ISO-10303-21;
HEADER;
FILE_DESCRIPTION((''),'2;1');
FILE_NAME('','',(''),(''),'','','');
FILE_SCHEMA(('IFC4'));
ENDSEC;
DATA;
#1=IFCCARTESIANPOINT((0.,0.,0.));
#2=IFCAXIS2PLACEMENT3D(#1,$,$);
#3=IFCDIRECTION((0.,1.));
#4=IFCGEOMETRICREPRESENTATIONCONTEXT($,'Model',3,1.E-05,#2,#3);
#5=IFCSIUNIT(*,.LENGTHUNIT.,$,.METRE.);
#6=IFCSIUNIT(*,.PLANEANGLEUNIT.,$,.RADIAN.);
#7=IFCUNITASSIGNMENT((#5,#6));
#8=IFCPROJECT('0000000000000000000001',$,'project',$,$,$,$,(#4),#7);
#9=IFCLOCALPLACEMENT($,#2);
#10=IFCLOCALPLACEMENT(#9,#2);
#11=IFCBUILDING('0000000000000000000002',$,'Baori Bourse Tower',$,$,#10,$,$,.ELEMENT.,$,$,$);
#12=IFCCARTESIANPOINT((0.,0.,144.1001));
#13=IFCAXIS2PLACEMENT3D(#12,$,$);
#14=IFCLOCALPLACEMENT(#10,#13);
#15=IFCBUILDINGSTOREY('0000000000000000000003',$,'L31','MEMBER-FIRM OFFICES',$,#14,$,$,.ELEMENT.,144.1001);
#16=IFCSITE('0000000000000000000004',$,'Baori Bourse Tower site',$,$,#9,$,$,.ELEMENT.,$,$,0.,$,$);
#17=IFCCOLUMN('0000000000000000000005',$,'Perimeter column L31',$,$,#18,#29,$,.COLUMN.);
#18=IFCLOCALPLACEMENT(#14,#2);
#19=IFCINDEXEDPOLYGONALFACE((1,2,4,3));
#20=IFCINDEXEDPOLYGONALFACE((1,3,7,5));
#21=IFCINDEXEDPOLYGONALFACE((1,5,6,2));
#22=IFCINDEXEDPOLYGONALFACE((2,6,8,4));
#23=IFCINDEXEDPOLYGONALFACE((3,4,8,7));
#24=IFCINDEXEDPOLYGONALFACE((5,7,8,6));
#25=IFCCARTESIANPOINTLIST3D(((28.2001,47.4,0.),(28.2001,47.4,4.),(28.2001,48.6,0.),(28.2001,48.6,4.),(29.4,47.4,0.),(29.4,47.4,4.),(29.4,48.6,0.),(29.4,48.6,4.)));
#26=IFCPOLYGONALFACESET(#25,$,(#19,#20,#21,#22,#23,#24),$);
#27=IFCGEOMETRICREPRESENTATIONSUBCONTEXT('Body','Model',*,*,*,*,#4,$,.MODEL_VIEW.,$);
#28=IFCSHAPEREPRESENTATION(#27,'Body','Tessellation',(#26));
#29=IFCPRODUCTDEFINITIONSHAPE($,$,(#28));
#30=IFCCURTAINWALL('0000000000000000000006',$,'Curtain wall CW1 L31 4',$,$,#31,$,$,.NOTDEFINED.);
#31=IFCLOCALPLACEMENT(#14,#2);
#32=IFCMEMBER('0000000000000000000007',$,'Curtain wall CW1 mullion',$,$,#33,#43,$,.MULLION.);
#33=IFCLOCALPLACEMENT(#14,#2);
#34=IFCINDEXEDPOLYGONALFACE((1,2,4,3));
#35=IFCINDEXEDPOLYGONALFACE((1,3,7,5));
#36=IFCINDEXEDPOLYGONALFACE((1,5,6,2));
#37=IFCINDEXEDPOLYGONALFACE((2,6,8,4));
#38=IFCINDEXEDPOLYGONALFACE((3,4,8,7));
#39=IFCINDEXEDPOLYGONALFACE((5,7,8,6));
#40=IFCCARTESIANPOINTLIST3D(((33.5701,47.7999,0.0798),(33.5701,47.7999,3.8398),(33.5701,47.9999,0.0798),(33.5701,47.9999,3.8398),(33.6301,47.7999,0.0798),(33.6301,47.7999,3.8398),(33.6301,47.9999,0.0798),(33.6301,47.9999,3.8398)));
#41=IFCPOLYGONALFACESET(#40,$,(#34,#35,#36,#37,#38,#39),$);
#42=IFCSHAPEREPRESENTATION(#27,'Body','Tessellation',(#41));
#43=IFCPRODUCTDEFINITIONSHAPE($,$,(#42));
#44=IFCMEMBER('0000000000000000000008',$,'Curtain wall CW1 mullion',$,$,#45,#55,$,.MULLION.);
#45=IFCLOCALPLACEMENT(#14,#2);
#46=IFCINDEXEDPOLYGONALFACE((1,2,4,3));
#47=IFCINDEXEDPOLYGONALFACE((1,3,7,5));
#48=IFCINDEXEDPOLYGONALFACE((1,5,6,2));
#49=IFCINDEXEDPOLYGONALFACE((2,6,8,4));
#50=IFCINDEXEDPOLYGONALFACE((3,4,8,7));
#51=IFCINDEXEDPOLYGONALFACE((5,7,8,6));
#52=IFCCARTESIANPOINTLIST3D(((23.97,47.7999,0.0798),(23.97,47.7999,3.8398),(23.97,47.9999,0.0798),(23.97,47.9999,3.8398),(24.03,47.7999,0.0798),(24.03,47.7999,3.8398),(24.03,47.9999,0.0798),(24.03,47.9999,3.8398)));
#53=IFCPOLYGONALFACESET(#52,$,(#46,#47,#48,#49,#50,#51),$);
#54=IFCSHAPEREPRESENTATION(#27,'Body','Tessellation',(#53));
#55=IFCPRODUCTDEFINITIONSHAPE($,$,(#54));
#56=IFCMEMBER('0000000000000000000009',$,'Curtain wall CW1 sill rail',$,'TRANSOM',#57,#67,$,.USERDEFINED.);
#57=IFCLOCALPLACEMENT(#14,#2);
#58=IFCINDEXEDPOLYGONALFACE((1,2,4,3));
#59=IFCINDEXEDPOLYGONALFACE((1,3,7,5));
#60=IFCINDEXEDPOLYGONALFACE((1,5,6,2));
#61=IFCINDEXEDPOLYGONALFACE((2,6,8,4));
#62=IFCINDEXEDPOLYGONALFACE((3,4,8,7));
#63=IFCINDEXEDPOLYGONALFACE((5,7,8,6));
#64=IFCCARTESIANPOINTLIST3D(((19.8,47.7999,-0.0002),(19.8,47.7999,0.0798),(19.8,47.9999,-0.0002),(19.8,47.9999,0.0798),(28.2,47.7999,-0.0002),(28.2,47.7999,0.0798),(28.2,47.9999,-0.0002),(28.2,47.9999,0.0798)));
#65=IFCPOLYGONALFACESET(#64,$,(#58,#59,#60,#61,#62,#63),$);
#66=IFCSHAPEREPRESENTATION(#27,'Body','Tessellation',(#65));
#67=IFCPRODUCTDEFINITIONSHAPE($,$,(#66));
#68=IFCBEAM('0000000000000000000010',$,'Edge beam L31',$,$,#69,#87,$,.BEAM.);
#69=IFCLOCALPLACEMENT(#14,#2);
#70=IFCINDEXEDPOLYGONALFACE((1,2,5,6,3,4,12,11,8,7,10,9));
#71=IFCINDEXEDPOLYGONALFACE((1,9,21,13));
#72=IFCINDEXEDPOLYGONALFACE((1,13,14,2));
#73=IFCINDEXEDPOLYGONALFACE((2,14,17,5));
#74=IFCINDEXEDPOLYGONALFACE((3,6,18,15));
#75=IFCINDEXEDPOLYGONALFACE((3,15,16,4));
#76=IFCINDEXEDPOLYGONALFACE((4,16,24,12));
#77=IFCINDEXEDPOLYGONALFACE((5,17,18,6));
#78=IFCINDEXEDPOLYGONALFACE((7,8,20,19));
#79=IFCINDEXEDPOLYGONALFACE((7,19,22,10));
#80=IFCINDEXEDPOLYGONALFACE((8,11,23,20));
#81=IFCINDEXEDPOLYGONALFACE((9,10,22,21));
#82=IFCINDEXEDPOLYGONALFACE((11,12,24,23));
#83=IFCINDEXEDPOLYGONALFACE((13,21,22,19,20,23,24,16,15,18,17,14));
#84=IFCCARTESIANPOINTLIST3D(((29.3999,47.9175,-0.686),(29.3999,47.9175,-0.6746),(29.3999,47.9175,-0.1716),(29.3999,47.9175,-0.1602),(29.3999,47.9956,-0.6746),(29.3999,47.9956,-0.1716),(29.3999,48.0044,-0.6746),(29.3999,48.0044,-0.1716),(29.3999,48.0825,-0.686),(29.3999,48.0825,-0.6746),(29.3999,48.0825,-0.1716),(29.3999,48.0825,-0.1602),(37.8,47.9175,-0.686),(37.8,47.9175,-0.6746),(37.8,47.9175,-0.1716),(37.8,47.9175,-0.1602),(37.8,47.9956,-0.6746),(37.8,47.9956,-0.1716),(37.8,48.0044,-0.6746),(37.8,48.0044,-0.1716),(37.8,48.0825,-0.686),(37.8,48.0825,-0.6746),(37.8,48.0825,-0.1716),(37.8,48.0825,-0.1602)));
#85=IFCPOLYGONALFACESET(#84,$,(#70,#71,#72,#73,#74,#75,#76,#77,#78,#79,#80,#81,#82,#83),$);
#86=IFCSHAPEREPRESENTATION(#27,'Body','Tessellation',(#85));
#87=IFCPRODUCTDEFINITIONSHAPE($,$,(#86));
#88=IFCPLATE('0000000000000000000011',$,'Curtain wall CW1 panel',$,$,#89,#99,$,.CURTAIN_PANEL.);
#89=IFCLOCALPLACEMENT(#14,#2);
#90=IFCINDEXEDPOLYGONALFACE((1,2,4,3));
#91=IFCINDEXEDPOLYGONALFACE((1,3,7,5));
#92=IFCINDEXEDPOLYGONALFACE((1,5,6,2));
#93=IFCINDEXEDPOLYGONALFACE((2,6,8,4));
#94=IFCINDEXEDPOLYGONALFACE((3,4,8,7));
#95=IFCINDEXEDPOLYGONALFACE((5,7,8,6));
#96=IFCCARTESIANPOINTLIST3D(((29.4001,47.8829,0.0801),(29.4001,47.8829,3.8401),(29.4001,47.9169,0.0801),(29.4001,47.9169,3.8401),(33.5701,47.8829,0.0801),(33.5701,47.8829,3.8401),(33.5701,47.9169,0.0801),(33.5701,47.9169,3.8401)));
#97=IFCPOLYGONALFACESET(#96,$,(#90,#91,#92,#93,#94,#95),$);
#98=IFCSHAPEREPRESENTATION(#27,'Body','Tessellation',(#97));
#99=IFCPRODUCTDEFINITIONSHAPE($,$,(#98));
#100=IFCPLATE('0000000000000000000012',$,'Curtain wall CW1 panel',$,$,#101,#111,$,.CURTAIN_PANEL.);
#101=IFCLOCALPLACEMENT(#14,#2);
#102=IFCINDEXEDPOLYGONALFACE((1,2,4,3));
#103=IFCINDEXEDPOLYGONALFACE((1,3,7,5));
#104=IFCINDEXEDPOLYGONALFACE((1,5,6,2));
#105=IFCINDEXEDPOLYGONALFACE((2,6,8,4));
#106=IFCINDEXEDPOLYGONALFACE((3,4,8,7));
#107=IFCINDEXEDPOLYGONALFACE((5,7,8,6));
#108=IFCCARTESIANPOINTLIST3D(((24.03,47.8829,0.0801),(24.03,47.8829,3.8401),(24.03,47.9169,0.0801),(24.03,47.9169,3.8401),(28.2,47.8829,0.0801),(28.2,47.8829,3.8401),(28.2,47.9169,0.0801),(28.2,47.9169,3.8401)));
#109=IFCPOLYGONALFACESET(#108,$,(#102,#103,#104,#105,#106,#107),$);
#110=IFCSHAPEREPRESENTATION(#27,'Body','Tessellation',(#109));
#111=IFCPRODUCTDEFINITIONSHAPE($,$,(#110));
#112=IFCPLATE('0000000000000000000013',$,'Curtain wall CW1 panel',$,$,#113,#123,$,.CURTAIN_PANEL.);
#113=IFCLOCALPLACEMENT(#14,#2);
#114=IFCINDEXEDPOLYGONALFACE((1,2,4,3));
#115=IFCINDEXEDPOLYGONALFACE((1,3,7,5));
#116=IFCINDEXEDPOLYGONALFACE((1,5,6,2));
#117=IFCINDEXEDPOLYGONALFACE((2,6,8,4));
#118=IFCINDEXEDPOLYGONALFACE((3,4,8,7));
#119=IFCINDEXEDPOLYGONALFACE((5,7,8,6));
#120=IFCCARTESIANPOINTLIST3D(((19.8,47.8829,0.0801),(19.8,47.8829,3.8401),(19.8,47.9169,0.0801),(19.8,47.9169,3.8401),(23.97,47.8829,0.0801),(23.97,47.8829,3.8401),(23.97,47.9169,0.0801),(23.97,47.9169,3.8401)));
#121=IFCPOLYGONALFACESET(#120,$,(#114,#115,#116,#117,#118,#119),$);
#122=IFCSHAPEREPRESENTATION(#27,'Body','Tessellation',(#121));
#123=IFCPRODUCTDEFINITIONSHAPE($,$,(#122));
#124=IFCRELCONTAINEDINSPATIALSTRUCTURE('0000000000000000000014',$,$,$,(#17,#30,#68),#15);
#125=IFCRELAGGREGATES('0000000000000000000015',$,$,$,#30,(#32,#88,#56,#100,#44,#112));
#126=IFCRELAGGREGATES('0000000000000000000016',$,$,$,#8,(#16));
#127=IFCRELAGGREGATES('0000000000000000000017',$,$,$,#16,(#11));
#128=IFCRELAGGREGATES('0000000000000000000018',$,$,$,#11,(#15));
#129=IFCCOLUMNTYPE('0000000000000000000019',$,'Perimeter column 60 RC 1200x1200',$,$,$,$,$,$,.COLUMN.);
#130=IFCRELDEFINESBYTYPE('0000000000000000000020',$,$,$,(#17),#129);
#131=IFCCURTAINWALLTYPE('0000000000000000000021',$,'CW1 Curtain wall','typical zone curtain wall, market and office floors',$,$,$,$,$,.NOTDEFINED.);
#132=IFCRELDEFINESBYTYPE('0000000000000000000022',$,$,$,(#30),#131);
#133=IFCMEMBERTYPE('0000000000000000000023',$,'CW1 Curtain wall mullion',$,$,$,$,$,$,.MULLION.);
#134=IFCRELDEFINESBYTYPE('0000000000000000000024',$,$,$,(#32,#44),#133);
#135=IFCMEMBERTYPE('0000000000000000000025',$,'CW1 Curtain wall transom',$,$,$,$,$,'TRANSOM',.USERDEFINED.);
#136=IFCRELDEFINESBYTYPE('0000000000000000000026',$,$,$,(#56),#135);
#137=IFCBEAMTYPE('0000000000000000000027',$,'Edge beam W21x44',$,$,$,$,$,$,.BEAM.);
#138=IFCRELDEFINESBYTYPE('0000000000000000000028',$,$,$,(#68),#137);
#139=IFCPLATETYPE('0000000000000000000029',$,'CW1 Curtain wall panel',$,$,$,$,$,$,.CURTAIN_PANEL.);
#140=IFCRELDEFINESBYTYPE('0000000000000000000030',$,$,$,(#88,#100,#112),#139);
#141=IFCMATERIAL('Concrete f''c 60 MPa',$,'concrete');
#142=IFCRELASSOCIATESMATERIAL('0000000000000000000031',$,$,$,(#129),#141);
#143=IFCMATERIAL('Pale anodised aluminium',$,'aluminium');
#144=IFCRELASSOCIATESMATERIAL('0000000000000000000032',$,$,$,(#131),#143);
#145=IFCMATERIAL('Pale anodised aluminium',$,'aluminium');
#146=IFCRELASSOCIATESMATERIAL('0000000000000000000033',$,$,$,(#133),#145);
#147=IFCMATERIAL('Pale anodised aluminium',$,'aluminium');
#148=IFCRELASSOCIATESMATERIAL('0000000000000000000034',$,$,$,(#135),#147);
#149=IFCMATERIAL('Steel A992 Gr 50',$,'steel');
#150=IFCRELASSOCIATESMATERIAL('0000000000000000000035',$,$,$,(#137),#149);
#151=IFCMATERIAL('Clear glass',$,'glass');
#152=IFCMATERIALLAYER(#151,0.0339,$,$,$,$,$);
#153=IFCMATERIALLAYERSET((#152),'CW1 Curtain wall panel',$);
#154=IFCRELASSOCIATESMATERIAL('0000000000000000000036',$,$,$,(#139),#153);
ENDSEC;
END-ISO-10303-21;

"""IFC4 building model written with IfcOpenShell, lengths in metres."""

from ifc_helpers import new_model, si_unit, direction, frame, origin, origin_2d, place, context, subcontext, project, spatial, rectangle, i_section, extrude, material, layer, layer_set, material_profile, profile_set, type_object, element, aggregate, save


model = new_model("IFC4")

# Units and contexts
model_context = context("Model", 3, precision=1e-05, world=origin(), true_north=direction((0.0, 1.0)))
body_context = subcontext(model_context, "Body", "Model", "MODEL_VIEW")
ifc_project = project(units=[si_unit("LENGTHUNIT", "METRE"), si_unit("PLANEANGLEUNIT", "RADIAN")], contexts=[model_context])

# Site, building, storey
site_placement = place(None, origin())
site = spatial("IfcSite", under=ifc_project, at=site_placement, Name="Baori Bourse Tower site", CompositionType="ELEMENT", RefElevation=0.0)
building_placement = place(site_placement, origin())
building = spatial("IfcBuilding", under=site, at=building_placement, Name="Baori Bourse Tower", CompositionType="ELEMENT")
storey_placement = place(building_placement, frame((0.0, 0.0, 144.1001)))
storey = spatial("IfcBuildingStorey", under=building, at=storey_placement, Name="L31", Description="MEMBER-FIRM OFFICES", CompositionType="ELEMENT", Elevation=144.1001)

# Column
ifc_material_1 = material(Name="Concrete f'c 60 MPa", Category="concrete")
ifc_material_profile_1 = material_profile(ifc_material_1, rectangle(XDim=1.2, YDim=1.2, at=origin_2d()), Name="RC 1200x1200")
ifc_profile_set_1 = profile_set([ifc_material_profile_1], Name="Concrete f'c 60 MPa")
column_type = type_object("IfcColumnType", Name="Perimeter column 60 RC 1200x1200", PredefinedType="COLUMN", material=ifc_profile_set_1)
column_placement = place(storey_placement, frame((28.8, 48.0, 0.0), z_axis=(0.0, 0.0, 1.0), x_axis=(1.0, 0.0, 0.0)))
element("IfcColumn", 1, at=column_placement, inside=storey, type_object=column_type, Name="Perimeter column L31", PredefinedType="COLUMN", context=body_context, shape_type="SweptSolid", body=[
    extrude(rectangle(XDim=1.2, YDim=1.2, at=origin_2d()), origin(), (0.0, 0.0, 1.0), 4.0),
])

# Curtain wall, members
ifc_material_2 = material(Name="Pale anodised aluminium", Category="aluminium")
curtain_wall_type = type_object("IfcCurtainWallType", Name="CW1 Curtain wall", Description="typical zone curtain wall, market and office floors", PredefinedType="NOTDEFINED", material=ifc_material_2)
curtain_wall_placement = place(storey_placement, origin())
curtain_wall = element("IfcCurtainWall", 2, at=curtain_wall_placement, inside=storey, type_object=curtain_wall_type, Name="Curtain wall CW1 L31 4", PredefinedType="NOTDEFINED")
ifc_material_3 = material(Name="Pale anodised aluminium", Category="aluminium")
ifc_material_profile_2 = material_profile(ifc_material_3, rectangle(XDim=0.2, YDim=0.0601, at=origin_2d()), Name="Mullion 60x200")
ifc_profile_set_2 = profile_set([ifc_material_profile_2], Name="Pale anodised aluminium")
member_type_1 = type_object("IfcMemberType", Name="CW1 Curtain wall mullion", PredefinedType="MULLION", material=ifc_profile_set_2)
member_1_placement = place(storey_placement, frame((33.6001, 47.8999, 0.0798), z_axis=(0.0, 0.0, 1.0), x_axis=(0.0, -1.0, 0.0)))
member_1 = element("IfcMember", 3, at=member_1_placement, type_object=member_type_1, Name="Curtain wall CW1 mullion", PredefinedType="MULLION", context=body_context, shape_type="SweptSolid", body=[
    extrude(rectangle(XDim=0.2, YDim=0.0601, at=origin_2d()), origin(), (0.0, 0.0, 1.0), 3.76),
])
member_2_placement = place(storey_placement, frame((24.0, 47.8999, 0.0798), z_axis=(0.0, 0.0, 1.0), x_axis=(0.0, -1.0, 0.0)))
member_2 = element("IfcMember", 4, at=member_2_placement, type_object=member_type_1, Name="Curtain wall CW1 mullion", PredefinedType="MULLION", context=body_context, shape_type="SweptSolid", body=[
    extrude(rectangle(XDim=0.2, YDim=0.0601, at=origin_2d()), origin(), (0.0, 0.0, 1.0), 3.76),
])
ifc_material_4 = material(Name="Pale anodised aluminium", Category="aluminium")
ifc_material_profile_3 = material_profile(ifc_material_4, rectangle(XDim=0.2, YDim=0.0801, at=origin_2d()), Name="Transom 80x200")
ifc_profile_set_3 = profile_set([ifc_material_profile_3], Name="Pale anodised aluminium")
member_type_2 = type_object("IfcMemberType", Name="CW1 Curtain wall transom", ElementType="TRANSOM", PredefinedType="USERDEFINED", material=ifc_profile_set_3)
member_3_placement = place(storey_placement, frame((28.2, 47.8999, 0.0398), z_axis=(-1.0, 0.0, 0.0), x_axis=(0.0, -1.0, 0.0)))
member_3 = element("IfcMember", 5, at=member_3_placement, type_object=member_type_2, Name="Curtain wall CW1 sill rail", ObjectType="TRANSOM", PredefinedType="USERDEFINED", context=body_context, shape_type="SweptSolid", body=[
    extrude(rectangle(XDim=0.2, YDim=0.0801, at=origin_2d()), origin(), (0.0, 0.0, 1.0), 8.3999),
])

# Beam
ifc_material_5 = material(Name="Steel A992 Gr 50", Category="steel")
ifc_material_profile_4 = material_profile(ifc_material_5, i_section(OverallWidth=0.165, OverallDepth=0.5259, WebThickness=0.0088, FlangeThickness=0.0115, at=origin_2d()), Name="W21x44")
ifc_profile_set_4 = profile_set([ifc_material_profile_4], Name="Steel A992 Gr 50")
beam_type = type_object("IfcBeamType", Name="Edge beam W21x44", PredefinedType="BEAM", material=ifc_profile_set_4)
beam_placement = place(storey_placement, frame((29.3999, 48.0, -0.4231), z_axis=(1.0, 0.0, 0.0), x_axis=(0.0, 1.0, 0.0)))
element("IfcBeam", 6, at=beam_placement, inside=storey, type_object=beam_type, Name="Edge beam L31", PredefinedType="BEAM", context=body_context, shape_type="SweptSolid", body=[
    extrude(i_section(OverallWidth=0.165, OverallDepth=0.5259, WebThickness=0.0088, FlangeThickness=0.0115, at=origin_2d()), origin(), (0.0, 0.0, 1.0), 8.4001),
])

# Plates
ifc_material_6 = material(Name="Clear glass", Category="glass")
ifc_layer_1 = layer(ifc_material_6, 0.0339)
ifc_layer_set_1 = layer_set([ifc_layer_1], Name="CW1 Curtain wall panel")
plate_type = type_object("IfcPlateType", Name="CW1 Curtain wall panel", PredefinedType="CURTAIN_PANEL", material=ifc_layer_set_1)
plate_1_placement = place(storey_placement, frame((31.4851, 47.8999, 0.0801), z_axis=(0.0, 0.0, 1.0), x_axis=(-1.0, 0.0, 0.0)))
plate_1 = element("IfcPlate", 7, at=plate_1_placement, type_object=plate_type, Name="Curtain wall CW1 panel", PredefinedType="CURTAIN_PANEL", context=body_context, shape_type="SweptSolid", body=[
    extrude(rectangle(XDim=4.1699, YDim=0.0339, at=origin_2d()), origin(), (0.0, 0.0, 1.0), 3.76),
])
plate_2_placement = place(storey_placement, frame((26.115, 47.8999, 0.0801), z_axis=(0.0, 0.0, 1.0), x_axis=(-1.0, 0.0, 0.0)))
plate_2 = element("IfcPlate", 8, at=plate_2_placement, type_object=plate_type, Name="Curtain wall CW1 panel", PredefinedType="CURTAIN_PANEL", context=body_context, shape_type="SweptSolid", body=[
    extrude(rectangle(XDim=4.1699, YDim=0.0339, at=origin_2d()), origin(), (0.0, 0.0, 1.0), 3.76),
])
plate_3_placement = place(storey_placement, frame((21.885, 47.8999, 0.0801), z_axis=(0.0, 0.0, 1.0), x_axis=(-1.0, 0.0, 0.0)))
plate_3 = element("IfcPlate", 9, at=plate_3_placement, type_object=plate_type, Name="Curtain wall CW1 panel", PredefinedType="CURTAIN_PANEL", context=body_context, shape_type="SweptSolid", body=[
    extrude(rectangle(XDim=4.1699, YDim=0.0339, at=origin_2d()), origin(), (0.0, 0.0, 1.0), 3.76),
])
aggregate(curtain_wall, [member_1, plate_1, member_3, plate_2, member_2, plate_3])

save(model, "model.ifc")
